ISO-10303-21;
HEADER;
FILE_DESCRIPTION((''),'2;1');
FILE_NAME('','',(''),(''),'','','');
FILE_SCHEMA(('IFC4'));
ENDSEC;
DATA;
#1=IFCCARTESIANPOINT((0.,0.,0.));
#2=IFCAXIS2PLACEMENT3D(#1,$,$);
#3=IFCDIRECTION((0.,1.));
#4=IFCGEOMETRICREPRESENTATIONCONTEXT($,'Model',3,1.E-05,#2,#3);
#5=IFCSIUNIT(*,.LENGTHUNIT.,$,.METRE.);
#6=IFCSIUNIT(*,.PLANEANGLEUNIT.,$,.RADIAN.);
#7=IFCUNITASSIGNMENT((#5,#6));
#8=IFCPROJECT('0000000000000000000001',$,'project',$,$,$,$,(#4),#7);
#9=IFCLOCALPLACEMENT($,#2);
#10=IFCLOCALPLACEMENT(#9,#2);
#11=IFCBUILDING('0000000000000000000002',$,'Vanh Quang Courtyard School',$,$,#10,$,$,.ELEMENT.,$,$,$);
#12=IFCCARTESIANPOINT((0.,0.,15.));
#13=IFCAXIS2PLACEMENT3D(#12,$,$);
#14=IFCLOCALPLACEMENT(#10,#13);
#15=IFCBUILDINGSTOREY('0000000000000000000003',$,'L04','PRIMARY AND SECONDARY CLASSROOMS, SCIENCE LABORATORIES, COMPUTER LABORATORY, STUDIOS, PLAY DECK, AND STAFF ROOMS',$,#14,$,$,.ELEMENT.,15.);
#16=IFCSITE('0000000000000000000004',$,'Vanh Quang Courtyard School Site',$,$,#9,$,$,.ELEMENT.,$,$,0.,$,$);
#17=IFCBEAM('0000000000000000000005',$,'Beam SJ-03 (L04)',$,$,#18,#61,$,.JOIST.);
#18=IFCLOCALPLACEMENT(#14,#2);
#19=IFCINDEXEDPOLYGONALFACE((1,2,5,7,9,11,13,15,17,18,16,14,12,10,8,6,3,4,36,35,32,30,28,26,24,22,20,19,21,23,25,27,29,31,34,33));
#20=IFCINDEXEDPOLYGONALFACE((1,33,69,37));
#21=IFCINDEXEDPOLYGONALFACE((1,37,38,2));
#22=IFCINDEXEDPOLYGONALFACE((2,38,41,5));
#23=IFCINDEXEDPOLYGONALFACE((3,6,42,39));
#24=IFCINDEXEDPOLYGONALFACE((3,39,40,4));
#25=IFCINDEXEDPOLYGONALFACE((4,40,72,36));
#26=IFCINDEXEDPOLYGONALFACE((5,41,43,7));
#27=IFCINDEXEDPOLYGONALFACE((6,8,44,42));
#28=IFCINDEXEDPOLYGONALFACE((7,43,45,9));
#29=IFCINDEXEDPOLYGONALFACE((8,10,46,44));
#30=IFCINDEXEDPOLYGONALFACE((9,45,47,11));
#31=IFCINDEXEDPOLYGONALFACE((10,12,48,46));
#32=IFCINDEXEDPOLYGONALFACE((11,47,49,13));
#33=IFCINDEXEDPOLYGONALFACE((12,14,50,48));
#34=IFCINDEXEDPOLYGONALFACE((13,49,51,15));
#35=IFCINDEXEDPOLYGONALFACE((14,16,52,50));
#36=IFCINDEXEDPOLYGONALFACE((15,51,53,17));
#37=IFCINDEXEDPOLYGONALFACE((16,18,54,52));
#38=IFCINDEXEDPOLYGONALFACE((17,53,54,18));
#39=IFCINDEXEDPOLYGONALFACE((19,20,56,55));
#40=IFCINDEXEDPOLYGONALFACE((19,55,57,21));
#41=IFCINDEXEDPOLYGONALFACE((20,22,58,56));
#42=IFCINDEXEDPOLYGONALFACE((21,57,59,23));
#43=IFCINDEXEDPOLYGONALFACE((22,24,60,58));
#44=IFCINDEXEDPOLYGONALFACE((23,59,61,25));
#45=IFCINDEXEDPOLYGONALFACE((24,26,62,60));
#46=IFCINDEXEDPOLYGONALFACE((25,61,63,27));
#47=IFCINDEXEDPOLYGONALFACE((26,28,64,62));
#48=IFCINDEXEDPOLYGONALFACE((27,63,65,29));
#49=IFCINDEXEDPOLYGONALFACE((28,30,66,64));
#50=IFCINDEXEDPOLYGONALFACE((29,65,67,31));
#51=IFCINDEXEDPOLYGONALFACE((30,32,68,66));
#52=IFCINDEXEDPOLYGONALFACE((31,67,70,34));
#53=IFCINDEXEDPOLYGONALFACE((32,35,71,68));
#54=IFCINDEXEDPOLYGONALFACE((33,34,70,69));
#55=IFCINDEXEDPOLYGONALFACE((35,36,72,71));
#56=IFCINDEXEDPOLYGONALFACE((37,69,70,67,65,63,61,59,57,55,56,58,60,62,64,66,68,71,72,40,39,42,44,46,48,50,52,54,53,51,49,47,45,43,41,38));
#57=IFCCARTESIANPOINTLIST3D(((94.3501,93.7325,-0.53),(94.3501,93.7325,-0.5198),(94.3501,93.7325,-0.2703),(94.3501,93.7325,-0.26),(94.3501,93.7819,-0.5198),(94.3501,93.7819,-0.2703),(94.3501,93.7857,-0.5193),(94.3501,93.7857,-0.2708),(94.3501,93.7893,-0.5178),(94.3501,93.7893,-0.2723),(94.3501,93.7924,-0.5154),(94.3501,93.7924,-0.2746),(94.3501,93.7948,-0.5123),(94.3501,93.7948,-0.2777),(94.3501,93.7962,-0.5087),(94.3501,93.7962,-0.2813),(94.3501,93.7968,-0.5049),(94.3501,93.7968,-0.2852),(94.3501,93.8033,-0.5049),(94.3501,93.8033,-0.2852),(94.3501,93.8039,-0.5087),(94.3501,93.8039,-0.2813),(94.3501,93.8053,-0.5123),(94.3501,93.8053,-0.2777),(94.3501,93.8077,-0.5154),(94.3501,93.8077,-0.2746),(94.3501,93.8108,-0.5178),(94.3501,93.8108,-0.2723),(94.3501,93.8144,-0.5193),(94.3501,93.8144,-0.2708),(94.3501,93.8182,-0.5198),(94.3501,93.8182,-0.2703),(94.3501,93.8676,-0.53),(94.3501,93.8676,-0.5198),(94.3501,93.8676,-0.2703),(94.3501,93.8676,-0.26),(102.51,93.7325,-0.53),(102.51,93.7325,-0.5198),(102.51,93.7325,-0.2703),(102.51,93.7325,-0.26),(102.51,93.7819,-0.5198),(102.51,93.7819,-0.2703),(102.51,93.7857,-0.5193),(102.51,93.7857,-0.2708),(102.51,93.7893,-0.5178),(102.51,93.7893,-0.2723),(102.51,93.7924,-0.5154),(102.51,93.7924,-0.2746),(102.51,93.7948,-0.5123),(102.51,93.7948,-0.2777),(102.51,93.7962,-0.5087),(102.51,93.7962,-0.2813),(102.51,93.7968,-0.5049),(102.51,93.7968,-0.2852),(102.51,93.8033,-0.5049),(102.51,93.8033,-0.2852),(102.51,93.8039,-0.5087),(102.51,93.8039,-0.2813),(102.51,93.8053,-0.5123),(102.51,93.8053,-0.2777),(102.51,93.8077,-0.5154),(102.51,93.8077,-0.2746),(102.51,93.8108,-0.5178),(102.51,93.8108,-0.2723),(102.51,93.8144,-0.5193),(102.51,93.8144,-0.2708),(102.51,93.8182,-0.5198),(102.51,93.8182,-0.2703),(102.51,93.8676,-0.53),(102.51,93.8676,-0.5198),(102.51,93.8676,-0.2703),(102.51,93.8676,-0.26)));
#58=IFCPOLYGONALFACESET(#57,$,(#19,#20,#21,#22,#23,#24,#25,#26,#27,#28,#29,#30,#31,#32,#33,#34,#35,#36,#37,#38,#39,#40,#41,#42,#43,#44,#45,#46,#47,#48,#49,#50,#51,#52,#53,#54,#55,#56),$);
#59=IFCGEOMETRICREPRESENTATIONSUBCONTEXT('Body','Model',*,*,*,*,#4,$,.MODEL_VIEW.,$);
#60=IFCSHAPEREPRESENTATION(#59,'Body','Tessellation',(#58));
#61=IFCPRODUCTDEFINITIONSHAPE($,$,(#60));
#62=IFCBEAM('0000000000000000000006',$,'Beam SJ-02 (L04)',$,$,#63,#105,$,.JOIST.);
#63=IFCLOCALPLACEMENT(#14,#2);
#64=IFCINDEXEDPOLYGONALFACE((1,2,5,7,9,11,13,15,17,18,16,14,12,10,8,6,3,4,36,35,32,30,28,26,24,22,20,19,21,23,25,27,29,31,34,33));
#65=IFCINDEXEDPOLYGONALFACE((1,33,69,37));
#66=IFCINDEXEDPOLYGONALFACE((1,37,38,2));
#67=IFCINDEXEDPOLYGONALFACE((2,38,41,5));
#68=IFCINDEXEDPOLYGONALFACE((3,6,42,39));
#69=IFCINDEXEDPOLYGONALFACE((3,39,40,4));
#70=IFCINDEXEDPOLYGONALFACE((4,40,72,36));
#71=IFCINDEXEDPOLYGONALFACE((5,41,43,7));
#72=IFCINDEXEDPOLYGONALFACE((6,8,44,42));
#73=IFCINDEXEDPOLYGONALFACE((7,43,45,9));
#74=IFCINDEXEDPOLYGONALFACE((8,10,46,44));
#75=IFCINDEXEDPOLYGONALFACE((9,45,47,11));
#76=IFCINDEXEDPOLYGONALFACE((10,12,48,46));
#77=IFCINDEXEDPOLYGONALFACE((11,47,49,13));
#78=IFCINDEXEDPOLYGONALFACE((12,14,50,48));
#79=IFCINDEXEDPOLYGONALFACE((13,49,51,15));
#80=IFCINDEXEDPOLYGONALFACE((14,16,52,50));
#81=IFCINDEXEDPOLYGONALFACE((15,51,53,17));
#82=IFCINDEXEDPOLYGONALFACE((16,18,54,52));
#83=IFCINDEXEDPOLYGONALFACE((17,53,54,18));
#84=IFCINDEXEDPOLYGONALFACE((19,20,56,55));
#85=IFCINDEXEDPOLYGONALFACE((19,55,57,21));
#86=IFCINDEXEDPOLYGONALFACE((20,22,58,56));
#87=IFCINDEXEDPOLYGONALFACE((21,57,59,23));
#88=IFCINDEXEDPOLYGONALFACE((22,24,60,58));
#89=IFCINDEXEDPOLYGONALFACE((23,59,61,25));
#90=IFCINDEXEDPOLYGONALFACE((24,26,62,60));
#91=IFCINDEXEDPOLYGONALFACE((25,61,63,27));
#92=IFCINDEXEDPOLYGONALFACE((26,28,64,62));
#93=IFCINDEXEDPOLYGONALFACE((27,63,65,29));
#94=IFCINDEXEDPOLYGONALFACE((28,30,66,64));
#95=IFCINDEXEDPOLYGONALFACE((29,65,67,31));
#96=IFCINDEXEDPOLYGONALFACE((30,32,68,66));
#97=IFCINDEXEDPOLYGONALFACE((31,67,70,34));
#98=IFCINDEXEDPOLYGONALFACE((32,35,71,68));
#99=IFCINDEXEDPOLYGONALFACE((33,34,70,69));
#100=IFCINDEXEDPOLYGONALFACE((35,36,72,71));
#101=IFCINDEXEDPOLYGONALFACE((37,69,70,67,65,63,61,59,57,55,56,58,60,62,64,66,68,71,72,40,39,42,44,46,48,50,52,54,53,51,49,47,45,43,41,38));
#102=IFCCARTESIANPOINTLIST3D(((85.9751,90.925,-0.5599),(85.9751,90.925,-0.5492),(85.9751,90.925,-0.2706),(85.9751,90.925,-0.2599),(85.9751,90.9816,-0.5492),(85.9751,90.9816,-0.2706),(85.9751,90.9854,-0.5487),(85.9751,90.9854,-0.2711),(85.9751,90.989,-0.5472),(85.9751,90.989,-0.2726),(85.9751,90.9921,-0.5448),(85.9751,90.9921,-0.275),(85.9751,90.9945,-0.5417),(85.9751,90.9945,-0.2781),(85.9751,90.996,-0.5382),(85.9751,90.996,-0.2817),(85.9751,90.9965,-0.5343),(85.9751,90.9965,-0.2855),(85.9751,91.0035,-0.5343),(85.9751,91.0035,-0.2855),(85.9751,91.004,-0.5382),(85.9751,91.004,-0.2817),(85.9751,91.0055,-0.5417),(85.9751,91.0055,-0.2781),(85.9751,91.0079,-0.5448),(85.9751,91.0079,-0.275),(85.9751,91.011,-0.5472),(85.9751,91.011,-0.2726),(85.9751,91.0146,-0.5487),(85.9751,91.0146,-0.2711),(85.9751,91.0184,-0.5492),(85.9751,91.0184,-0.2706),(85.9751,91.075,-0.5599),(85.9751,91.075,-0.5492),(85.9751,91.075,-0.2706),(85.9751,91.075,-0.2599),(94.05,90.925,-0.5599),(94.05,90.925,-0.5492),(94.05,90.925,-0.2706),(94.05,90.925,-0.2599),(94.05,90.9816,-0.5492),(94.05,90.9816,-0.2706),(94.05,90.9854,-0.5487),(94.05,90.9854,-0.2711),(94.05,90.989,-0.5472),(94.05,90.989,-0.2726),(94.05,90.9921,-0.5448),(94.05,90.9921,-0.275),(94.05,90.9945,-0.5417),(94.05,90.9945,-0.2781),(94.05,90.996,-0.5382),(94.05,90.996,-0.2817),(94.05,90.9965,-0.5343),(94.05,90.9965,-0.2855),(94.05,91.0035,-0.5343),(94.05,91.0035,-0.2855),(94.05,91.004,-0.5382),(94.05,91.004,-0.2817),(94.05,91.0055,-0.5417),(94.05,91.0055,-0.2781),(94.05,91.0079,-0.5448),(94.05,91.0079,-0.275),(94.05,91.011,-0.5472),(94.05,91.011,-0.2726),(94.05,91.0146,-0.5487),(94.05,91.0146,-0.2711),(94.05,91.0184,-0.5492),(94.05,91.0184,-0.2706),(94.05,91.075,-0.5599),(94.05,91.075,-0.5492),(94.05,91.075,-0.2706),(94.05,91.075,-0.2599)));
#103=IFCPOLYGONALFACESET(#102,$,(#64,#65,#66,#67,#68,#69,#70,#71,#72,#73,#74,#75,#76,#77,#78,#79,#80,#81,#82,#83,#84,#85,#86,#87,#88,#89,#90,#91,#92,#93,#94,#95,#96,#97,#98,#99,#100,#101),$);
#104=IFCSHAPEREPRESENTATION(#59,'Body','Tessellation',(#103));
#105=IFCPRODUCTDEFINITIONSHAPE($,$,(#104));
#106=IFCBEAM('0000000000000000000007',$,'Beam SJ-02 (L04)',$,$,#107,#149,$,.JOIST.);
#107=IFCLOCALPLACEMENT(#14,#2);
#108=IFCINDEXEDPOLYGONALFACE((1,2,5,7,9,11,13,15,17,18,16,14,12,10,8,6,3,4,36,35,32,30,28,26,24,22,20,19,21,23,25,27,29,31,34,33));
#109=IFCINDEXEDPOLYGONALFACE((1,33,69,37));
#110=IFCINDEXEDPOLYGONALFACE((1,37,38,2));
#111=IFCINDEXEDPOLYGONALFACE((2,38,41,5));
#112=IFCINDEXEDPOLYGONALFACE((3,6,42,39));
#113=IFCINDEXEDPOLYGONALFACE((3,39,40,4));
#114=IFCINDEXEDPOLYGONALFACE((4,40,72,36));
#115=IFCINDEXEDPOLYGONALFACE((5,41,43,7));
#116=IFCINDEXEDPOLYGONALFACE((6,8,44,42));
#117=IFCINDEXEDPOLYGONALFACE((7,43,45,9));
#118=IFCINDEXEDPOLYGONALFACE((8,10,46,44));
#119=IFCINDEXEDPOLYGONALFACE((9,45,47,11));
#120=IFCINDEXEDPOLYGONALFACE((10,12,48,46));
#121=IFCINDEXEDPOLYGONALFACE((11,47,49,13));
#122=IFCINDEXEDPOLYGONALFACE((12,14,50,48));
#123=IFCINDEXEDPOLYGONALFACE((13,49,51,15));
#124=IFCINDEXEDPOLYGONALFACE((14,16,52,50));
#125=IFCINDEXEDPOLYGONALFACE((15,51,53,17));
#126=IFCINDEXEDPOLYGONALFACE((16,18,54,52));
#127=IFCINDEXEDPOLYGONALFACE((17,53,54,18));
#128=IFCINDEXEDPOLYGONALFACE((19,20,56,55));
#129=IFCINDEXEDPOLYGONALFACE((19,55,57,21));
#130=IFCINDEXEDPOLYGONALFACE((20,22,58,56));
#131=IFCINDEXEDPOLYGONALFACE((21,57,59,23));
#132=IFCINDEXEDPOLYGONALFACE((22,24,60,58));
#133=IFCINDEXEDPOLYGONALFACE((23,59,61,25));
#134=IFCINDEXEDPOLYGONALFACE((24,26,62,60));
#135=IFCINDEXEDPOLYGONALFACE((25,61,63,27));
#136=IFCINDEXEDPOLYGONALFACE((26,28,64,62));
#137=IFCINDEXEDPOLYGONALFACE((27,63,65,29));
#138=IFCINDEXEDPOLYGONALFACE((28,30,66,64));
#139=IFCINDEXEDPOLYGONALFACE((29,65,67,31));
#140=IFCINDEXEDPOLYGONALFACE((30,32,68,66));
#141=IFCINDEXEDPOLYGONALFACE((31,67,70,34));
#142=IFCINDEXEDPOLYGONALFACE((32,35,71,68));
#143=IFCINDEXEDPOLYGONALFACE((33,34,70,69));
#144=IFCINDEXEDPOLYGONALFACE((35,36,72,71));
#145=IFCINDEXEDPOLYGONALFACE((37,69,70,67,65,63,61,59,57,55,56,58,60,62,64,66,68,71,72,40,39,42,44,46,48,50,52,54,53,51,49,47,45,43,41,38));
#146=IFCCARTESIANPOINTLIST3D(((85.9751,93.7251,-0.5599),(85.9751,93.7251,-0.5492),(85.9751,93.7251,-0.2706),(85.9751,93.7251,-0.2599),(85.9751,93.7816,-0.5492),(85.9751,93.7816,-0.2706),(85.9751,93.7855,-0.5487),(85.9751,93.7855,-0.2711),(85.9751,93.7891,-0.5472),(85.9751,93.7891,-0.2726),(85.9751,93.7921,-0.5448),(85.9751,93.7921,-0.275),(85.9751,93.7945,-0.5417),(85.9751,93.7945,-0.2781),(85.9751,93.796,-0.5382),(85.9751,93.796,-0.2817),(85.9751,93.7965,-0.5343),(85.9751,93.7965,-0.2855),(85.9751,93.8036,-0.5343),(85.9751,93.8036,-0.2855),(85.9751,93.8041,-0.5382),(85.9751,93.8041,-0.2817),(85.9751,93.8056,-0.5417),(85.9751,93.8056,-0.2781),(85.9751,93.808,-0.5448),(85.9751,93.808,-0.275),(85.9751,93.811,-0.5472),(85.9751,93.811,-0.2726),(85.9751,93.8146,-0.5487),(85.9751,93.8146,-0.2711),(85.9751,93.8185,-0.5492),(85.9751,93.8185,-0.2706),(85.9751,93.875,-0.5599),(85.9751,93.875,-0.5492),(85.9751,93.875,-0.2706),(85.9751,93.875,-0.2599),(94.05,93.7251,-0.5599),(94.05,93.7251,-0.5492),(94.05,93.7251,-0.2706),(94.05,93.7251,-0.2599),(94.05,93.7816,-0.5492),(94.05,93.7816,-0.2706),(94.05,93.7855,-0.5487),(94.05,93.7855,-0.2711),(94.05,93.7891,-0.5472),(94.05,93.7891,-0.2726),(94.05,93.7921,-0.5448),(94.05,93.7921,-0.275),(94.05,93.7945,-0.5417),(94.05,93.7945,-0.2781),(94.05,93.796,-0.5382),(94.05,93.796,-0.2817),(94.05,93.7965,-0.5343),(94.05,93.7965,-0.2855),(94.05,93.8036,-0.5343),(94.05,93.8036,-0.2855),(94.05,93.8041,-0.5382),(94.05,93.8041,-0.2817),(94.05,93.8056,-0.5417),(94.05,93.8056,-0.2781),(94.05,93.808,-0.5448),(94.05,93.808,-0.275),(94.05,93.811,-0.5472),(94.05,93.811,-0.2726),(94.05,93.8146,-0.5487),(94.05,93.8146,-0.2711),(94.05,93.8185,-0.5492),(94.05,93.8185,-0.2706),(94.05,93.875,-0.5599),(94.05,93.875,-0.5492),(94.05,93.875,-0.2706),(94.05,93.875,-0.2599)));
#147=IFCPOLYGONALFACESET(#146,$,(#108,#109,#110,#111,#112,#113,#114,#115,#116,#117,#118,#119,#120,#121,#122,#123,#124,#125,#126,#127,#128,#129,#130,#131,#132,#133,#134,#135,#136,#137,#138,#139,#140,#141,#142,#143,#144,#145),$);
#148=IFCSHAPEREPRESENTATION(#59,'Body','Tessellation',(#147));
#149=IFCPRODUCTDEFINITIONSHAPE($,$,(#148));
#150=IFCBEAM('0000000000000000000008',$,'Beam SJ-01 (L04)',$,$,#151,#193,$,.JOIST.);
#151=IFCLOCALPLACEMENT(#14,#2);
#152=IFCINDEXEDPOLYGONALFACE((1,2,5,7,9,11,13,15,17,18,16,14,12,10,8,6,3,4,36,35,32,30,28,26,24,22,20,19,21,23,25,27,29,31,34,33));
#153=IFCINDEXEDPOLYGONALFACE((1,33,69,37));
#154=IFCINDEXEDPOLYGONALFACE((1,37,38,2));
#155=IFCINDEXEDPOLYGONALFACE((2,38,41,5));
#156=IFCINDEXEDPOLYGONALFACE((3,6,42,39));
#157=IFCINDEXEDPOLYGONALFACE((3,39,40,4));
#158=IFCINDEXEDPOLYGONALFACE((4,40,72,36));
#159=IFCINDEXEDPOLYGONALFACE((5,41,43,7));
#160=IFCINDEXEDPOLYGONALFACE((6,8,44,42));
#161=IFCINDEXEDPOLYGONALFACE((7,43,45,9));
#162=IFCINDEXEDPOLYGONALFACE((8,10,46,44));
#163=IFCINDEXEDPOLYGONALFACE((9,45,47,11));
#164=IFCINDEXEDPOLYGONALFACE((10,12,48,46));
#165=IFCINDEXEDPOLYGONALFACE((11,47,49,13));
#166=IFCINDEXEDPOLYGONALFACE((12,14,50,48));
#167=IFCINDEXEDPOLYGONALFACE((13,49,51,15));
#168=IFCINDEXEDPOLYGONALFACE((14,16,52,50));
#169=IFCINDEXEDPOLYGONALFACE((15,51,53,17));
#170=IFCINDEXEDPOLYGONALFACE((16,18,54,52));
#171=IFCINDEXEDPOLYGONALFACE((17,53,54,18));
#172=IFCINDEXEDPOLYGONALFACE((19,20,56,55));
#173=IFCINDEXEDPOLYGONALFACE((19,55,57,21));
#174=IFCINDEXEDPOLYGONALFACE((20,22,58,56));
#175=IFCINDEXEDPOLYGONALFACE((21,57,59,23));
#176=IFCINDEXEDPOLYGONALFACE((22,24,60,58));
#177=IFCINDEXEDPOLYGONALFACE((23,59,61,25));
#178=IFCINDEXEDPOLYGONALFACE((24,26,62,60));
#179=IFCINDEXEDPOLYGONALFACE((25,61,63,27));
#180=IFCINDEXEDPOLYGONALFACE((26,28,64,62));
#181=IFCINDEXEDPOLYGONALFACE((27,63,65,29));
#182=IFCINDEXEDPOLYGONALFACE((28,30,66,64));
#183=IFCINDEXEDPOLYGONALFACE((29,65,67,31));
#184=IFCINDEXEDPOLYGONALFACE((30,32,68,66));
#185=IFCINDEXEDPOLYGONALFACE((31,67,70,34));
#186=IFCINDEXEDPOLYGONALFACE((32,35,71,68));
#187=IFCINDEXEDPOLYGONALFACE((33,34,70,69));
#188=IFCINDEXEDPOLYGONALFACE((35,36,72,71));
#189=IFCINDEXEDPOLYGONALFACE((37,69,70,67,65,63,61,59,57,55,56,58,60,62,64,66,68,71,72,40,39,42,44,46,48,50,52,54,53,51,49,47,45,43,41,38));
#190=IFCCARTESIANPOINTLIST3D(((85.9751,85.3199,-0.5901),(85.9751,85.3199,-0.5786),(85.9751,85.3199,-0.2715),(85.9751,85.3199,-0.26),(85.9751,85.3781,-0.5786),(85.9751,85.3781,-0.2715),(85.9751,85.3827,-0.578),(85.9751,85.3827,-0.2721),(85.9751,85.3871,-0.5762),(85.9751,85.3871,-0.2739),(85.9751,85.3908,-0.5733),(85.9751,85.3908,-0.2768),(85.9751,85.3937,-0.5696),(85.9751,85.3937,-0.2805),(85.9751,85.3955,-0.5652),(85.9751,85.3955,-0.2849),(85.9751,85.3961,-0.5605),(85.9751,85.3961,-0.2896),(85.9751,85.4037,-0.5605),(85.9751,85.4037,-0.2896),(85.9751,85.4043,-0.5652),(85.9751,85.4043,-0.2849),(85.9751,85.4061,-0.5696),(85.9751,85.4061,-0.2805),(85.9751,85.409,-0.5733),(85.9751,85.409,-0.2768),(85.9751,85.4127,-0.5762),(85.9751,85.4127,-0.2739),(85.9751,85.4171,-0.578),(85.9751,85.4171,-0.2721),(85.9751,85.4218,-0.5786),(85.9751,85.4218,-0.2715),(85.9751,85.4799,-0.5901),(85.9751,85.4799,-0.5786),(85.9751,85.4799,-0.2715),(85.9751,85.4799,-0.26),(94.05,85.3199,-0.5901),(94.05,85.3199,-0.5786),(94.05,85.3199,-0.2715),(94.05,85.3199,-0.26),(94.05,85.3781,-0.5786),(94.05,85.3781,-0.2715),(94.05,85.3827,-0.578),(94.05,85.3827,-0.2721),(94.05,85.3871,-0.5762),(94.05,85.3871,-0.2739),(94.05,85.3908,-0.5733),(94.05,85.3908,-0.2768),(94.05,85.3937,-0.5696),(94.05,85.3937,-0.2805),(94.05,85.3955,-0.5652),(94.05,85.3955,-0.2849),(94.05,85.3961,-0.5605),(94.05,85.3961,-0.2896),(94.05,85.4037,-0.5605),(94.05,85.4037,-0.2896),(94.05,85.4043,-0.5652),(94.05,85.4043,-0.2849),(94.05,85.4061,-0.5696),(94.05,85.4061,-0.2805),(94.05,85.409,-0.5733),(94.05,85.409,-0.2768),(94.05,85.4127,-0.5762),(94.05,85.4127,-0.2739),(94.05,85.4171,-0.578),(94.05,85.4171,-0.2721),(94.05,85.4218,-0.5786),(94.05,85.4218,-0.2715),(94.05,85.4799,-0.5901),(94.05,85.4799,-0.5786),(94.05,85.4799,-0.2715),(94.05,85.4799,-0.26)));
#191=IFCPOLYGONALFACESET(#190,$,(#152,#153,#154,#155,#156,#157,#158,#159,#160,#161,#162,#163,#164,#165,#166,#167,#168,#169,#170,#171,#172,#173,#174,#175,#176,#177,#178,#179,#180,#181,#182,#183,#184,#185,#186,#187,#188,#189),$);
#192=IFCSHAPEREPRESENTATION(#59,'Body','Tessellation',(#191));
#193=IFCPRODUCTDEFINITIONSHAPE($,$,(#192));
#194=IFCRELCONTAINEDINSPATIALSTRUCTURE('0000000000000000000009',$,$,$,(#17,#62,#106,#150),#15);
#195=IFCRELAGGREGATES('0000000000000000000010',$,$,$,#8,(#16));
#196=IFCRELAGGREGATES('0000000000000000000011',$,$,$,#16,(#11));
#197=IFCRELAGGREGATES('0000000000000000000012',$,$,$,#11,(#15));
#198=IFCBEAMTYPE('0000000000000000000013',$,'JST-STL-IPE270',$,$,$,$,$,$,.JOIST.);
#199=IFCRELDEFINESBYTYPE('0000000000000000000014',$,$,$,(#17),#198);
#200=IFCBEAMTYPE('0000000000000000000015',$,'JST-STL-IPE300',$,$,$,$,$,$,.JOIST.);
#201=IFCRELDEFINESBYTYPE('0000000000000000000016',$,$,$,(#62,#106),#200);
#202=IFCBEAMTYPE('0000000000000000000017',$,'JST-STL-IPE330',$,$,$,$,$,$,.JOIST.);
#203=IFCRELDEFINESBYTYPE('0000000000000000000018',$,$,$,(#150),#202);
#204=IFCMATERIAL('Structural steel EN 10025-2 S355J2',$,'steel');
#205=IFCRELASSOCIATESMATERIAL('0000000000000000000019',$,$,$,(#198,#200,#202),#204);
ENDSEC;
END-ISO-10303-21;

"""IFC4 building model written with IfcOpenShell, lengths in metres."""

from ifc_helpers import new_model, si_unit, direction, frame, origin, origin_2d, place, context, subcontext, project, spatial, i_section, extrude, material, material_profile, profile_set, type_object, element, save


model = new_model("IFC4")

# Units and contexts
model_context = context("Model", 3, precision=1e-05, world=origin(), true_north=direction((0.0, 1.0)))
body_context = subcontext(model_context, "Body", "Model", "MODEL_VIEW")
ifc_project = project(units=[si_unit("LENGTHUNIT", "METRE"), si_unit("PLANEANGLEUNIT", "RADIAN")], contexts=[model_context])

# Site, building, storey
site_placement = place(None, origin())
site = spatial("IfcSite", under=ifc_project, at=site_placement, Name="Vanh Quang Courtyard School Site", CompositionType="ELEMENT", RefElevation=0.0)
building_placement = place(site_placement, origin())
building = spatial("IfcBuilding", under=site, at=building_placement, Name="Vanh Quang Courtyard School", CompositionType="ELEMENT")
storey_placement = place(building_placement, frame((0.0, 0.0, 15.0)))
storey = spatial("IfcBuildingStorey", under=building, at=storey_placement, Name="L04", Description="PRIMARY AND SECONDARY CLASSROOMS, SCIENCE LABORATORIES, COMPUTER LABORATORY, STUDIOS, PLAY DECK, AND STAFF ROOMS", CompositionType="ELEMENT", Elevation=15.0)

# Beams
ifc_material_1 = material(Name="Structural steel EN 10025-2 S355J2", Category="steel")
ifc_material_profile_1 = material_profile(ifc_material_1, i_section(OverallWidth=0.135, OverallDepth=0.27, WebThickness=0.0066, FlangeThickness=0.0103, FilletRadius=0.0149, at=origin_2d()), Name="IPE 270")
ifc_profile_set_1 = profile_set([ifc_material_profile_1], Name="Structural steel EN 10025-2 S355J2")
beam_type_1 = type_object("IfcBeamType", Name="JST-STL-IPE270", PredefinedType="JOIST", material=ifc_profile_set_1)
for number, where, z_axis, x_axis, name in (
    (1, (94.3501, 93.8, -0.395), (1.0, 0.0, 0.0), (0.0, 1.0, 0.0), "Beam SJ-03 (L04)"),
):
    element("IfcBeam", number, at=place(storey_placement, frame(where, z_axis=z_axis, x_axis=x_axis)), inside=storey, type_object=beam_type_1, Name=name, PredefinedType="JOIST", context=body_context, shape_type="SweptSolid", body=[
        extrude(i_section(OverallWidth=0.135, OverallDepth=0.27, WebThickness=0.0066, FlangeThickness=0.0103, FilletRadius=0.0149, at=origin_2d()), origin(), (0.0, 0.0, 1.0), 8.1599),
    ])
ifc_material_profile_2 = material_profile(ifc_material_1, i_section(OverallWidth=0.1499, OverallDepth=0.3, WebThickness=0.0071, FlangeThickness=0.0107, FilletRadius=0.0149, at=origin_2d()), Name="IPE 300")
ifc_profile_set_2 = profile_set([ifc_material_profile_2], Name="Structural steel EN 10025-2 S355J2")
beam_type_2 = type_object("IfcBeamType", Name="JST-STL-IPE300", PredefinedType="JOIST", material=ifc_profile_set_2)
for number, where, z_axis, x_axis, name in (
    (2, (85.9751, 91.0, -0.4099), (1.0, 0.0, 0.0), (0.0, 1.0, 0.0), "Beam SJ-02 (L04)"),
    (3, (85.9751, 93.8, -0.4099), (1.0, 0.0, 0.0), (0.0, 1.0, 0.0), "Beam SJ-02 (L04)"),
):
    element("IfcBeam", number, at=place(storey_placement, frame(where, z_axis=z_axis, x_axis=x_axis)), inside=storey, type_object=beam_type_2, Name=name, PredefinedType="JOIST", context=body_context, shape_type="SweptSolid", body=[
        extrude(i_section(OverallWidth=0.1499, OverallDepth=0.3, WebThickness=0.0071, FlangeThickness=0.0107, FilletRadius=0.0149, at=origin_2d()), origin(), (0.0, 0.0, 1.0), 8.075),
    ])
ifc_material_profile_3 = material_profile(ifc_material_1, i_section(OverallWidth=0.1599, OverallDepth=0.3301, WebThickness=0.0076, FlangeThickness=0.0115, FilletRadius=0.0181, at=origin_2d()), Name="IPE 330")
ifc_profile_set_3 = profile_set([ifc_material_profile_3], Name="Structural steel EN 10025-2 S355J2")
beam_type_3 = type_object("IfcBeamType", Name="JST-STL-IPE330", PredefinedType="JOIST", material=ifc_profile_set_3)
beam_1_placement = place(storey_placement, frame((85.9751, 85.3999, -0.425), z_axis=(1.0, 0.0, 0.0), x_axis=(0.0, 1.0, 0.0)))
element("IfcBeam", 4, at=beam_1_placement, inside=storey, type_object=beam_type_3, Name="Beam SJ-01 (L04)", PredefinedType="JOIST", context=body_context, shape_type="SweptSolid", body=[
    extrude(i_section(OverallWidth=0.1599, OverallDepth=0.3301, WebThickness=0.0076, FlangeThickness=0.0115, FilletRadius=0.0181, at=origin_2d()), origin(), (0.0, 0.0, 1.0), 8.075),
])

save(model, "model.ifc")
